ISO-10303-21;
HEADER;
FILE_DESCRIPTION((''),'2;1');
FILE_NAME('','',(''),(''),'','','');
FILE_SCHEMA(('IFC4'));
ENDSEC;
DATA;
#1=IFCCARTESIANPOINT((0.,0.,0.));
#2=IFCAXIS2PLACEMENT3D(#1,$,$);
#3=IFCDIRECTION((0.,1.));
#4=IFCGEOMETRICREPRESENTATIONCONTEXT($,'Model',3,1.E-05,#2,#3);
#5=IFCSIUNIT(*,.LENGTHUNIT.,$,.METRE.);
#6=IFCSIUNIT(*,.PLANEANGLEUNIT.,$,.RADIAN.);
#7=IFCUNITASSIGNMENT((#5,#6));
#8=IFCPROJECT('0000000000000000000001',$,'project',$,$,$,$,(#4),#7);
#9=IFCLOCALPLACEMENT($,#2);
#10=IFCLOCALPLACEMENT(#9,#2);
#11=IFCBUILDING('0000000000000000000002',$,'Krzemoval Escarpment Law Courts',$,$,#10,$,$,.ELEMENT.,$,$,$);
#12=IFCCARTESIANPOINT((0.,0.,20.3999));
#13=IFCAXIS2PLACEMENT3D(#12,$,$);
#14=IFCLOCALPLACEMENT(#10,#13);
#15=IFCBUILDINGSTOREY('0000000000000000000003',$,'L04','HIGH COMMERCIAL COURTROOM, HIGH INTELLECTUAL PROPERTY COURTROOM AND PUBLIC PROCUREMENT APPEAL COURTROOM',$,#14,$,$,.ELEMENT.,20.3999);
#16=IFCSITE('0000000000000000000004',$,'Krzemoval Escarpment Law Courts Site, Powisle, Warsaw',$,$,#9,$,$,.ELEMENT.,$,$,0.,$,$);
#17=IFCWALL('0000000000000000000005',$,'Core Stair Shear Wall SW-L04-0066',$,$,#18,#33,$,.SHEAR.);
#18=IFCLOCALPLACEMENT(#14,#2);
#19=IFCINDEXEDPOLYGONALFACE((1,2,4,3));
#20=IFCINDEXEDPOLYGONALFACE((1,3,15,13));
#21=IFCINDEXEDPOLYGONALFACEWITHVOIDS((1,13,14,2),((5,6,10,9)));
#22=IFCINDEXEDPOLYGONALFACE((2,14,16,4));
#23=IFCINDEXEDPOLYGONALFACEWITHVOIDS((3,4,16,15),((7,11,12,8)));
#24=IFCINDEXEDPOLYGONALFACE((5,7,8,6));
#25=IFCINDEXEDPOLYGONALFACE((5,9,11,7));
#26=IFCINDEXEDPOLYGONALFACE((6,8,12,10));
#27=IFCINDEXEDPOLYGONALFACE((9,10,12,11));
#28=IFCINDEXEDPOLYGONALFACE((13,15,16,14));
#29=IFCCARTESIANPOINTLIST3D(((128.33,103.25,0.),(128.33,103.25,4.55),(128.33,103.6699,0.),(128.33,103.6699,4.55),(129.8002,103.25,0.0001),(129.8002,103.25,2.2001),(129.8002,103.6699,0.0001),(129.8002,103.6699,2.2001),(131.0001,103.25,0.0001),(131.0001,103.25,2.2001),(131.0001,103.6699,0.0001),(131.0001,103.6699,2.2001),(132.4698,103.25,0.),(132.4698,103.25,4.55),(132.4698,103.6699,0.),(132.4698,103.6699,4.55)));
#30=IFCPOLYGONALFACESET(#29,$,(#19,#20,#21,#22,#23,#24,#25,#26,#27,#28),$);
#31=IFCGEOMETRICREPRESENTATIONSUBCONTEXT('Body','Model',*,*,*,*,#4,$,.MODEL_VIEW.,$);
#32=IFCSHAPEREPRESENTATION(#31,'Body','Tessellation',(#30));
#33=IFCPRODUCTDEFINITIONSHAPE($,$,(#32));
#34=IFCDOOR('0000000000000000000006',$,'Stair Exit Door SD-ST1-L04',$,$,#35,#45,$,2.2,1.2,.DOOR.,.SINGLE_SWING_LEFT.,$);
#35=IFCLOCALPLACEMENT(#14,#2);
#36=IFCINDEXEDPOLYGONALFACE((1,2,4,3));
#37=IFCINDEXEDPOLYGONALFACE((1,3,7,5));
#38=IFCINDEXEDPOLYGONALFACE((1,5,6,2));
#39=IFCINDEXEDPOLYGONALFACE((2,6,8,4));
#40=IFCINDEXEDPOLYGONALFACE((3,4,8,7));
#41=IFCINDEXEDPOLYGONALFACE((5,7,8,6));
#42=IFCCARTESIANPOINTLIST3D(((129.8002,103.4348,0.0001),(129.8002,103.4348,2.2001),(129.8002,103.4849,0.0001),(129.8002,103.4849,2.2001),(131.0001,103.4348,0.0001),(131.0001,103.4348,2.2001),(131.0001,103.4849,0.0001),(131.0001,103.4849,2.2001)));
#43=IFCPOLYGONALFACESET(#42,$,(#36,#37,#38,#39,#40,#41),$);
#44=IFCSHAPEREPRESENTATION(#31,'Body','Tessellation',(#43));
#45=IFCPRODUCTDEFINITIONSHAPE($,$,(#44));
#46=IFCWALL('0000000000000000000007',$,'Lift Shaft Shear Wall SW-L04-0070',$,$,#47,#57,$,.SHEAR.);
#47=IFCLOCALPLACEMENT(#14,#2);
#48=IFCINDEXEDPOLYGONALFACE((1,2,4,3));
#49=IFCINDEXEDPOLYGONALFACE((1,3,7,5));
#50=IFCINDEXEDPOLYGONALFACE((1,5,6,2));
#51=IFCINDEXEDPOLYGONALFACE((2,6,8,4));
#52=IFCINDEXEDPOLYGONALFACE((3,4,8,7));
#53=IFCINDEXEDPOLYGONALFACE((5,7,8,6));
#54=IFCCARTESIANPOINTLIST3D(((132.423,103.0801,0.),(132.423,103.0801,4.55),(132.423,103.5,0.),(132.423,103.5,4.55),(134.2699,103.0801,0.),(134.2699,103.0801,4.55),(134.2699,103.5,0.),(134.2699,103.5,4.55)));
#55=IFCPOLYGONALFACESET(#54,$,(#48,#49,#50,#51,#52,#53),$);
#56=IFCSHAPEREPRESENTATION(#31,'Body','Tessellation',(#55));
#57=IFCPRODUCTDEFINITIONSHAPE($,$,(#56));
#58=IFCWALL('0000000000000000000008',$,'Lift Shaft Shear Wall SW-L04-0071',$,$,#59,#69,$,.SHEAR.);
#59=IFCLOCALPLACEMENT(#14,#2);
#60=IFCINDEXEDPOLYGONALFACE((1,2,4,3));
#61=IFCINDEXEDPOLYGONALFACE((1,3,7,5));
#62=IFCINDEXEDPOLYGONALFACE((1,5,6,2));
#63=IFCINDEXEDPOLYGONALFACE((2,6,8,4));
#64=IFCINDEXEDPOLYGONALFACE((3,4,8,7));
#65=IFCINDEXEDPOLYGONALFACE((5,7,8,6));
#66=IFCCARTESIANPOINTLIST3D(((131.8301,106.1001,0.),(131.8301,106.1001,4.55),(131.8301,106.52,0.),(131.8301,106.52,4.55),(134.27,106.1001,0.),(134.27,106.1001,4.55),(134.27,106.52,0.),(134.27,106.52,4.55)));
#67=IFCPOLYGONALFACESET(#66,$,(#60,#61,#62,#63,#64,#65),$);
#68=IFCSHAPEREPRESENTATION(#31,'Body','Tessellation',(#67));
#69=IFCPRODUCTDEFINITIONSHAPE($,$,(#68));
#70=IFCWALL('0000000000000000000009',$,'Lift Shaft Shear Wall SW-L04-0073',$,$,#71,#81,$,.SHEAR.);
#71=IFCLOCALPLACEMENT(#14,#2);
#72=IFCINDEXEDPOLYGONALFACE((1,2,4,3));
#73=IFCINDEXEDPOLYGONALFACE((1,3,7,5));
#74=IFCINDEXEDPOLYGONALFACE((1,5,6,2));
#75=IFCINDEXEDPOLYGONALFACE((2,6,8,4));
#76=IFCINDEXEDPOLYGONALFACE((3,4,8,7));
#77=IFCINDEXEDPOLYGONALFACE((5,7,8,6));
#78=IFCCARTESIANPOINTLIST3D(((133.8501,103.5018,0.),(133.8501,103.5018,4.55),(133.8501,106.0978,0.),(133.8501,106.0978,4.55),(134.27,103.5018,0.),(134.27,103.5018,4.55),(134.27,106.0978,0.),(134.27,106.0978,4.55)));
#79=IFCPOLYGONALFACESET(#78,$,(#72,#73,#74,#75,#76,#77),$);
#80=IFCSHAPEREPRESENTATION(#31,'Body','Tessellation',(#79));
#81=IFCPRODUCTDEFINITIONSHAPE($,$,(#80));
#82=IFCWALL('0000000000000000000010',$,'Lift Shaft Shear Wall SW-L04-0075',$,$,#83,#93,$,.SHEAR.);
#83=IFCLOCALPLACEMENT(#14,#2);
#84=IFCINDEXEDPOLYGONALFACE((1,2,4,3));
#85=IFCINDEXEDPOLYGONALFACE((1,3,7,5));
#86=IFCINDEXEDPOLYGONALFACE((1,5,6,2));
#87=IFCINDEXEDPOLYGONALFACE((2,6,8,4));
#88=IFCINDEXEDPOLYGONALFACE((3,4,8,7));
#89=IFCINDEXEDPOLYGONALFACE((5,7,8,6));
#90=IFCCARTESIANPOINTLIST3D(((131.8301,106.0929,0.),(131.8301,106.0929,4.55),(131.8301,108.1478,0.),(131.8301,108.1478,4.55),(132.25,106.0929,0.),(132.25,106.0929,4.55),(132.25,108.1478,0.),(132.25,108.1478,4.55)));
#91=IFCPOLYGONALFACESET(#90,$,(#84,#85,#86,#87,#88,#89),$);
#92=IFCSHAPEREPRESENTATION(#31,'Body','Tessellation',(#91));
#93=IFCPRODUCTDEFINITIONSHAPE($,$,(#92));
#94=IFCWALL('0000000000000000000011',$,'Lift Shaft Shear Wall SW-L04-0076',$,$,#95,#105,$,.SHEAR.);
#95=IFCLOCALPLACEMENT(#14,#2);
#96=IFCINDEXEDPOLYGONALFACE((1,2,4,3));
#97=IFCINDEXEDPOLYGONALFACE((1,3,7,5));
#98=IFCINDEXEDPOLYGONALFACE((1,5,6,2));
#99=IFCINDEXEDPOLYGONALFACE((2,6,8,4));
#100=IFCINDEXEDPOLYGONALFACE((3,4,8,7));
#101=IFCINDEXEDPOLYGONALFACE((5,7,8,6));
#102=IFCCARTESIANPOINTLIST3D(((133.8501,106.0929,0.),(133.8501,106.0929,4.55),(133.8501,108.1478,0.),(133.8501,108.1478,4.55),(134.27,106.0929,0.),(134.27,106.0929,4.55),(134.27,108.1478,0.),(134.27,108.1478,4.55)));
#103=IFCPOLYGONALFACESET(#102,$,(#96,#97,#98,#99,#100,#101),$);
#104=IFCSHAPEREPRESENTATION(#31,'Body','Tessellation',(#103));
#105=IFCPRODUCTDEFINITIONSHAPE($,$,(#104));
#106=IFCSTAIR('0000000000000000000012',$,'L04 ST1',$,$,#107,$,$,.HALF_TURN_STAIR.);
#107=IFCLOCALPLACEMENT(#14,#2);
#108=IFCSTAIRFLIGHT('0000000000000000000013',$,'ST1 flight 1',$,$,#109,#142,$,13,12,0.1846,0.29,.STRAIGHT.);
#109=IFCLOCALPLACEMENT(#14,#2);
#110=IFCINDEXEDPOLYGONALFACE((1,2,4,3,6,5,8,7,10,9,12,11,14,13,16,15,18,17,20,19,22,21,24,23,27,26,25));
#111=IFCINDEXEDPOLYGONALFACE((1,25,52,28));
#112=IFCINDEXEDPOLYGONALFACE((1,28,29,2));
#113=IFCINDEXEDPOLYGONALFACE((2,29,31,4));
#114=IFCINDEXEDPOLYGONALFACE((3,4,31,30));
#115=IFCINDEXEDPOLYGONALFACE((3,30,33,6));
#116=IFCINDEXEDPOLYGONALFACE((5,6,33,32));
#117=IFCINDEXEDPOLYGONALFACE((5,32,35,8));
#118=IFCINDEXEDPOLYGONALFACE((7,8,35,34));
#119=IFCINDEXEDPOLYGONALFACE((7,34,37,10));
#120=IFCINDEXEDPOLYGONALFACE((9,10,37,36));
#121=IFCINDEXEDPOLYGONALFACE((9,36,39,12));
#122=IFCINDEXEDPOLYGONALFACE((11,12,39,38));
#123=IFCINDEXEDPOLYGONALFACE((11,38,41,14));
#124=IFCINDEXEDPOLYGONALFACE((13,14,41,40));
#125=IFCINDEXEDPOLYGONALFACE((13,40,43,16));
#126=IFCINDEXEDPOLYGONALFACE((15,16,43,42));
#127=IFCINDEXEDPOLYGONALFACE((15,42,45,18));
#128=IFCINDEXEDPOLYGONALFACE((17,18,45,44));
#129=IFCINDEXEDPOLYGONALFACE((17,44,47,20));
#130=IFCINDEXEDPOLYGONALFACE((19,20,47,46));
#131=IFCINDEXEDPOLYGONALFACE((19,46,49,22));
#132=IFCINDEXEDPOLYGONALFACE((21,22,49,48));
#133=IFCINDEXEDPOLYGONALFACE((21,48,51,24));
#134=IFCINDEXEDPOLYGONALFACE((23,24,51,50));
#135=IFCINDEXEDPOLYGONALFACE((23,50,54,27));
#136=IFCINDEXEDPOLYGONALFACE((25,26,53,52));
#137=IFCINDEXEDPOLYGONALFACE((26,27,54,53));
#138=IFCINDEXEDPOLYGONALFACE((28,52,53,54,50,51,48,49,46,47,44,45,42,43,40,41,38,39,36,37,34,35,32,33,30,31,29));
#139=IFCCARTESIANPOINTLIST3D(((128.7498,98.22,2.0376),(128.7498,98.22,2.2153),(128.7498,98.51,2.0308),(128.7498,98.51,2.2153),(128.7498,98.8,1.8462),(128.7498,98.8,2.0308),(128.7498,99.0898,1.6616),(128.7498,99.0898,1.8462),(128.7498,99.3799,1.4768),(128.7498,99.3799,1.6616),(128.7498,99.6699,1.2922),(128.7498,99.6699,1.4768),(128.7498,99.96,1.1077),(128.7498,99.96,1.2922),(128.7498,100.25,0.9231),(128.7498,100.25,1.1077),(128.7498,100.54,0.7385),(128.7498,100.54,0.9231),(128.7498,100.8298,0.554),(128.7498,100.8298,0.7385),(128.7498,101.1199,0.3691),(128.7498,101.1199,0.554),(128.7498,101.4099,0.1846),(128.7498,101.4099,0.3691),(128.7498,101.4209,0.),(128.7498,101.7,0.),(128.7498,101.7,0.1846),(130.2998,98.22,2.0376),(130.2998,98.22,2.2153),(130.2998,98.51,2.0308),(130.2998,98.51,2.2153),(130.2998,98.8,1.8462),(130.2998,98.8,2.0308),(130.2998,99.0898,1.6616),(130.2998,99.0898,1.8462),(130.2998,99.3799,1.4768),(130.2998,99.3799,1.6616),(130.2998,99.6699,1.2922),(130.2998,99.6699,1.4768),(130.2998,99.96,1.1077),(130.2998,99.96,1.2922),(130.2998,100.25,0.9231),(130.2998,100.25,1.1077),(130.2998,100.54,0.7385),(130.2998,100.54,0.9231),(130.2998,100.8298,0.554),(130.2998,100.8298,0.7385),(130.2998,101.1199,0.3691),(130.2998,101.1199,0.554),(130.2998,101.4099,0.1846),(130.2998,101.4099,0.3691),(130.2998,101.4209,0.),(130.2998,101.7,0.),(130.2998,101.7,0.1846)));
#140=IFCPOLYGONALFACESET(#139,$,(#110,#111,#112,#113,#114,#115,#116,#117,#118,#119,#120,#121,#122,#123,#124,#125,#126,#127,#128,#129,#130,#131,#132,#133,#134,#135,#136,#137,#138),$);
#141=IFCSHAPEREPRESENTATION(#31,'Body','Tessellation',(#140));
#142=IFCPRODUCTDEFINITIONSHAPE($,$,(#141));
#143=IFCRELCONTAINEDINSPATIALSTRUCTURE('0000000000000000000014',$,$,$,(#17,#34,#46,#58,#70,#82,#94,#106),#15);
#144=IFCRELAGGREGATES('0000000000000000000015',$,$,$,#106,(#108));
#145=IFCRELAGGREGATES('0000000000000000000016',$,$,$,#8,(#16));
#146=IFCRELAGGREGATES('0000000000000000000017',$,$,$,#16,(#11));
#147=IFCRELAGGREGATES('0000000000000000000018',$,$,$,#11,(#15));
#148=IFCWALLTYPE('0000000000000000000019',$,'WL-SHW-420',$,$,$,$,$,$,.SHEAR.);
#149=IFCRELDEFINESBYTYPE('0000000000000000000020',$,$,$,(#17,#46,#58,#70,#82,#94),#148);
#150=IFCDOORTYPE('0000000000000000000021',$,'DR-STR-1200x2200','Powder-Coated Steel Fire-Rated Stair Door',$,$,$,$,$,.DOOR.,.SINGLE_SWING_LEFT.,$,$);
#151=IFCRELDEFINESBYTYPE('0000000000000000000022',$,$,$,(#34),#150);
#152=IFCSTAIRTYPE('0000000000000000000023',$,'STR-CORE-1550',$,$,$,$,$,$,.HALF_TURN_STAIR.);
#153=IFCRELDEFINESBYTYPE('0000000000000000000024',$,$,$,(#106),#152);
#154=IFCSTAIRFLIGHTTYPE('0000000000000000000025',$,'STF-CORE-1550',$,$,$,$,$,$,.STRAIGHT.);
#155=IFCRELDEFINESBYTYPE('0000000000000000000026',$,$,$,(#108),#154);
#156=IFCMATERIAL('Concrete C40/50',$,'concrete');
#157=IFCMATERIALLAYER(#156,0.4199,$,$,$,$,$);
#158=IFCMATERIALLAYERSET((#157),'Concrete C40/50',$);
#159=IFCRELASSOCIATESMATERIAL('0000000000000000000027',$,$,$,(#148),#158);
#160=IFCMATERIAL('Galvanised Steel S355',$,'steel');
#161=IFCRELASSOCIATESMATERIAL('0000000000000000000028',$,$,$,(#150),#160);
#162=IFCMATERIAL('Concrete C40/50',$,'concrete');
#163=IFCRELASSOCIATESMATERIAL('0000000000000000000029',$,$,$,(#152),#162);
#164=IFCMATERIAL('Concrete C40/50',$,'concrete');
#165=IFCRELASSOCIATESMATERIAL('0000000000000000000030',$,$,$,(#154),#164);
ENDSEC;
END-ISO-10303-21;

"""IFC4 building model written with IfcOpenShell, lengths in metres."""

from ifc_helpers import new_model, si_unit, direction, frame, frame_2d, origin, place, context, subcontext, project, spatial, polyline, rectangle, outline, extrude, material, layer, layer_set, type_object, element, fill, aggregate, save


model = new_model("IFC4")

# Units and contexts
model_context = context("Model", 3, precision=1e-05, world=origin(), true_north=direction((0.0, 1.0)))
body_context = subcontext(model_context, "Body", "Model", "MODEL_VIEW")
ifc_project = project(units=[si_unit("LENGTHUNIT", "METRE"), si_unit("PLANEANGLEUNIT", "RADIAN")], contexts=[model_context])

# Site, building, storey
site_placement = place(None, origin())
site = spatial("IfcSite", under=ifc_project, at=site_placement, Name="Krzemoval Escarpment Law Courts Site, Powisle, Warsaw", CompositionType="ELEMENT", RefElevation=0.0)
building_placement = place(site_placement, origin())
building = spatial("IfcBuilding", under=site, at=building_placement, Name="Krzemoval Escarpment Law Courts", CompositionType="ELEMENT")
storey_placement = place(building_placement, frame((0.0, 0.0, 20.3999)))
storey = spatial("IfcBuildingStorey", under=building, at=storey_placement, Name="L04", Description="HIGH COMMERCIAL COURTROOM, HIGH INTELLECTUAL PROPERTY COURTROOM AND PUBLIC PROCUREMENT APPEAL COURTROOM", CompositionType="ELEMENT", Elevation=20.3999)

# Wall, opening, door
ifc_material_1 = material(Name="Concrete C40/50", Category="concrete")
ifc_layer_1 = layer(ifc_material_1, 0.4199)
ifc_layer_set_1 = layer_set([ifc_layer_1], Name="Concrete C40/50")
wall_type_1 = type_object("IfcWallType", Name="WL-SHW-420", PredefinedType="SHEAR", material=ifc_layer_set_1)
wall_1_placement = place(storey_placement, frame((128.3301, 103.46, 0.0), z_axis=(0.0, 0.0, 1.0), x_axis=(1.0, 0.0, 0.0)))
wall_1 = element("IfcWall", 1, at=wall_1_placement, inside=storey, type_object=wall_type_1, Name="Core Stair Shear Wall SW-L04-0066", PredefinedType="SHEAR", context=body_context, shape_type="SweptSolid", body=[
    extrude(rectangle(XDim=4.1399, YDim=0.4199, at=frame_2d((2.0698, 0.0))), origin(), (0.0, 0.0, 1.0), 4.55),
])
opening_1_placement = place(wall_1_placement, frame((1.47, 0.0, 0.0)))
opening_1 = element("IfcOpeningElement", 2, at=opening_1_placement, cuts=wall_1, PredefinedType="OPENING", context=body_context, shape_type="SweptSolid", body=[
    extrude(rectangle(XDim=1.2, YDim=2.2, at=frame_2d((0.6001, 1.1001))), frame((0.0, 0.225, 0.0), z_axis=(0.0, -1.0, 0.0), x_axis=(1.0, 0.0, 0.0)), (0.0, 0.0, 1.0), 0.4499),
])
ifc_material_2 = material(Name="Galvanised Steel S355", Category="steel")
door_type_1 = type_object("IfcDoorType", Name="DR-STR-1200x2200", Description="Powder-Coated Steel Fire-Rated Stair Door", OperationType="SINGLE_SWING_LEFT", PredefinedType="DOOR", material=ifc_material_2)
door_1_placement = place(opening_1_placement, origin())
door_1 = element("IfcDoor", 3, at=door_1_placement, inside=storey, type_object=door_type_1, Name="Stair Exit Door SD-ST1-L04", OperationType="SINGLE_SWING_LEFT", OverallHeight=2.2, OverallWidth=1.2, PredefinedType="DOOR", context=body_context, shape_type="SweptSolid", body=[
    extrude(rectangle(XDim=1.2, YDim=2.2, at=frame_2d((0.6001, 1.1001))), frame((0.0, 0.0249, 0.0), z_axis=(0.0, -1.0, 0.0), x_axis=(1.0, 0.0, 0.0)), (0.0, 0.0, 1.0), 0.05),
])
fill(opening_1, door_1)

# Walls
wall_2_placement = place(storey_placement, frame((132.4231, 103.29, 0.0), z_axis=(0.0, 0.0, 1.0), x_axis=(1.0, 0.0, 0.0)))
element("IfcWall", 4, at=wall_2_placement, inside=storey, type_object=wall_type_1, Name="Lift Shaft Shear Wall SW-L04-0070", PredefinedType="SHEAR", context=body_context, shape_type="SweptSolid", body=[
    extrude(rectangle(XDim=1.8469, YDim=0.4199, at=frame_2d((0.9233, 0.0))), origin(), (0.0, 0.0, 1.0), 4.55),
])
wall_3_placement = place(storey_placement, frame((131.8301, 106.3101, 0.0), z_axis=(0.0, 0.0, 1.0), x_axis=(1.0, 0.0, 0.0)))
element("IfcWall", 5, at=wall_3_placement, inside=storey, type_object=wall_type_1, Name="Lift Shaft Shear Wall SW-L04-0071", PredefinedType="SHEAR", context=body_context, shape_type="SweptSolid", body=[
    extrude(rectangle(XDim=2.4399, YDim=0.4199, at=frame_2d((1.22, 0.0))), origin(), (0.0, 0.0, 1.0), 4.55),
])

# Walls
wall_4_placement = place(storey_placement, frame((134.0601, 103.502, 0.0), z_axis=(0.0, 0.0, 1.0), x_axis=(0.0, 1.0, 0.0)))
element("IfcWall", 6, at=wall_4_placement, inside=storey, type_object=wall_type_1, Name="Lift Shaft Shear Wall SW-L04-0073", PredefinedType="SHEAR", context=body_context, shape_type="SweptSolid", body=[
    extrude(rectangle(XDim=2.5959, YDim=0.4199, at=frame_2d((1.2979, 0.0))), origin(), (0.0, 0.0, 1.0), 4.55),
])
for number, where, z_axis, x_axis, name in (
    (7, (132.04, 106.093, 0.0), (0.0, 0.0, 1.0), (0.0, 1.0, 0.0), "Lift Shaft Shear Wall SW-L04-0075"),
    (8, (134.0601, 106.093, 0.0), (0.0, 0.0, 1.0), (0.0, 1.0, 0.0), "Lift Shaft Shear Wall SW-L04-0076"),
):
    element("IfcWall", number, at=place(storey_placement, frame(where, z_axis=z_axis, x_axis=x_axis)), inside=storey, type_object=wall_type_1, Name=name, PredefinedType="SHEAR", context=body_context, shape_type="SweptSolid", body=[
        extrude(rectangle(XDim=2.0549, YDim=0.4199, at=frame_2d((1.0273, 0.0))), origin(), (0.0, 0.0, 1.0), 4.55),
    ])

# Stair, stair flight
ifc_material_3 = material(Name="Concrete C40/50", Category="concrete")
stair_type = type_object("IfcStairType", Name="STR-CORE-1550", PredefinedType="HALF_TURN_STAIR", material=ifc_material_3)
stair_placement = place(storey_placement, origin())
stair = element("IfcStair", 9, at=stair_placement, inside=storey, type_object=stair_type, Name="L04 ST1", PredefinedType="HALF_TURN_STAIR")
ifc_material_4 = material(Name="Concrete C40/50", Category="concrete")
stair_flight_type = type_object("IfcStairFlightType", Name="STF-CORE-1550", PredefinedType="STRAIGHT", material=ifc_material_4)
stair_flight_placement = place(storey_placement, frame((129.5249, 101.7, 0.0), z_axis=(0.0, 0.0, 1.0), x_axis=(0.0, -1.0, 0.0)))
stair_flight = element("IfcStairFlight", 10, at=stair_flight_placement, type_object=stair_flight_type, Name="ST1 flight 1", NumberOfRisers=13, NumberOfTreads=12, PredefinedType="STRAIGHT", RiserHeight=0.1846, TreadLength=0.29, context=body_context, shape_type="SweptSolid", body=[
    extrude(outline(polyline([(0.0, 0.0), (0.0, 0.1846), (0.29, 0.1846), (0.29, 0.3691), (0.5801, 0.3691), (0.5801, 0.554), (0.8701, 0.554), (0.8701, 0.7385), (1.1599, 0.7385), (1.1599, 0.9231), (1.45, 0.9231), (1.45, 1.1077), (1.74, 1.1077), (1.74, 1.2922), (2.03, 1.2922), (2.03, 1.4768), (2.3201, 1.4768), (2.3201, 1.6616), (2.6101, 1.6616), (2.6101, 1.8462), (2.8999, 1.8462), (2.8999, 2.0308), (3.1899, 2.0308), (3.1899, 2.2153), (3.48, 2.2153), (3.48, 2.3999), (3.48, 2.0376), (0.2791, 0.0), (0.0, 0.0)])), frame((0.0, 0.7749, 0.0), z_axis=(0.0, -1.0, 0.0), x_axis=(1.0, 0.0, 0.0)), (0.0, 0.0, 1.0), 1.55),
])
aggregate(stair, [stair_flight])

save(model, "model.ifc")
